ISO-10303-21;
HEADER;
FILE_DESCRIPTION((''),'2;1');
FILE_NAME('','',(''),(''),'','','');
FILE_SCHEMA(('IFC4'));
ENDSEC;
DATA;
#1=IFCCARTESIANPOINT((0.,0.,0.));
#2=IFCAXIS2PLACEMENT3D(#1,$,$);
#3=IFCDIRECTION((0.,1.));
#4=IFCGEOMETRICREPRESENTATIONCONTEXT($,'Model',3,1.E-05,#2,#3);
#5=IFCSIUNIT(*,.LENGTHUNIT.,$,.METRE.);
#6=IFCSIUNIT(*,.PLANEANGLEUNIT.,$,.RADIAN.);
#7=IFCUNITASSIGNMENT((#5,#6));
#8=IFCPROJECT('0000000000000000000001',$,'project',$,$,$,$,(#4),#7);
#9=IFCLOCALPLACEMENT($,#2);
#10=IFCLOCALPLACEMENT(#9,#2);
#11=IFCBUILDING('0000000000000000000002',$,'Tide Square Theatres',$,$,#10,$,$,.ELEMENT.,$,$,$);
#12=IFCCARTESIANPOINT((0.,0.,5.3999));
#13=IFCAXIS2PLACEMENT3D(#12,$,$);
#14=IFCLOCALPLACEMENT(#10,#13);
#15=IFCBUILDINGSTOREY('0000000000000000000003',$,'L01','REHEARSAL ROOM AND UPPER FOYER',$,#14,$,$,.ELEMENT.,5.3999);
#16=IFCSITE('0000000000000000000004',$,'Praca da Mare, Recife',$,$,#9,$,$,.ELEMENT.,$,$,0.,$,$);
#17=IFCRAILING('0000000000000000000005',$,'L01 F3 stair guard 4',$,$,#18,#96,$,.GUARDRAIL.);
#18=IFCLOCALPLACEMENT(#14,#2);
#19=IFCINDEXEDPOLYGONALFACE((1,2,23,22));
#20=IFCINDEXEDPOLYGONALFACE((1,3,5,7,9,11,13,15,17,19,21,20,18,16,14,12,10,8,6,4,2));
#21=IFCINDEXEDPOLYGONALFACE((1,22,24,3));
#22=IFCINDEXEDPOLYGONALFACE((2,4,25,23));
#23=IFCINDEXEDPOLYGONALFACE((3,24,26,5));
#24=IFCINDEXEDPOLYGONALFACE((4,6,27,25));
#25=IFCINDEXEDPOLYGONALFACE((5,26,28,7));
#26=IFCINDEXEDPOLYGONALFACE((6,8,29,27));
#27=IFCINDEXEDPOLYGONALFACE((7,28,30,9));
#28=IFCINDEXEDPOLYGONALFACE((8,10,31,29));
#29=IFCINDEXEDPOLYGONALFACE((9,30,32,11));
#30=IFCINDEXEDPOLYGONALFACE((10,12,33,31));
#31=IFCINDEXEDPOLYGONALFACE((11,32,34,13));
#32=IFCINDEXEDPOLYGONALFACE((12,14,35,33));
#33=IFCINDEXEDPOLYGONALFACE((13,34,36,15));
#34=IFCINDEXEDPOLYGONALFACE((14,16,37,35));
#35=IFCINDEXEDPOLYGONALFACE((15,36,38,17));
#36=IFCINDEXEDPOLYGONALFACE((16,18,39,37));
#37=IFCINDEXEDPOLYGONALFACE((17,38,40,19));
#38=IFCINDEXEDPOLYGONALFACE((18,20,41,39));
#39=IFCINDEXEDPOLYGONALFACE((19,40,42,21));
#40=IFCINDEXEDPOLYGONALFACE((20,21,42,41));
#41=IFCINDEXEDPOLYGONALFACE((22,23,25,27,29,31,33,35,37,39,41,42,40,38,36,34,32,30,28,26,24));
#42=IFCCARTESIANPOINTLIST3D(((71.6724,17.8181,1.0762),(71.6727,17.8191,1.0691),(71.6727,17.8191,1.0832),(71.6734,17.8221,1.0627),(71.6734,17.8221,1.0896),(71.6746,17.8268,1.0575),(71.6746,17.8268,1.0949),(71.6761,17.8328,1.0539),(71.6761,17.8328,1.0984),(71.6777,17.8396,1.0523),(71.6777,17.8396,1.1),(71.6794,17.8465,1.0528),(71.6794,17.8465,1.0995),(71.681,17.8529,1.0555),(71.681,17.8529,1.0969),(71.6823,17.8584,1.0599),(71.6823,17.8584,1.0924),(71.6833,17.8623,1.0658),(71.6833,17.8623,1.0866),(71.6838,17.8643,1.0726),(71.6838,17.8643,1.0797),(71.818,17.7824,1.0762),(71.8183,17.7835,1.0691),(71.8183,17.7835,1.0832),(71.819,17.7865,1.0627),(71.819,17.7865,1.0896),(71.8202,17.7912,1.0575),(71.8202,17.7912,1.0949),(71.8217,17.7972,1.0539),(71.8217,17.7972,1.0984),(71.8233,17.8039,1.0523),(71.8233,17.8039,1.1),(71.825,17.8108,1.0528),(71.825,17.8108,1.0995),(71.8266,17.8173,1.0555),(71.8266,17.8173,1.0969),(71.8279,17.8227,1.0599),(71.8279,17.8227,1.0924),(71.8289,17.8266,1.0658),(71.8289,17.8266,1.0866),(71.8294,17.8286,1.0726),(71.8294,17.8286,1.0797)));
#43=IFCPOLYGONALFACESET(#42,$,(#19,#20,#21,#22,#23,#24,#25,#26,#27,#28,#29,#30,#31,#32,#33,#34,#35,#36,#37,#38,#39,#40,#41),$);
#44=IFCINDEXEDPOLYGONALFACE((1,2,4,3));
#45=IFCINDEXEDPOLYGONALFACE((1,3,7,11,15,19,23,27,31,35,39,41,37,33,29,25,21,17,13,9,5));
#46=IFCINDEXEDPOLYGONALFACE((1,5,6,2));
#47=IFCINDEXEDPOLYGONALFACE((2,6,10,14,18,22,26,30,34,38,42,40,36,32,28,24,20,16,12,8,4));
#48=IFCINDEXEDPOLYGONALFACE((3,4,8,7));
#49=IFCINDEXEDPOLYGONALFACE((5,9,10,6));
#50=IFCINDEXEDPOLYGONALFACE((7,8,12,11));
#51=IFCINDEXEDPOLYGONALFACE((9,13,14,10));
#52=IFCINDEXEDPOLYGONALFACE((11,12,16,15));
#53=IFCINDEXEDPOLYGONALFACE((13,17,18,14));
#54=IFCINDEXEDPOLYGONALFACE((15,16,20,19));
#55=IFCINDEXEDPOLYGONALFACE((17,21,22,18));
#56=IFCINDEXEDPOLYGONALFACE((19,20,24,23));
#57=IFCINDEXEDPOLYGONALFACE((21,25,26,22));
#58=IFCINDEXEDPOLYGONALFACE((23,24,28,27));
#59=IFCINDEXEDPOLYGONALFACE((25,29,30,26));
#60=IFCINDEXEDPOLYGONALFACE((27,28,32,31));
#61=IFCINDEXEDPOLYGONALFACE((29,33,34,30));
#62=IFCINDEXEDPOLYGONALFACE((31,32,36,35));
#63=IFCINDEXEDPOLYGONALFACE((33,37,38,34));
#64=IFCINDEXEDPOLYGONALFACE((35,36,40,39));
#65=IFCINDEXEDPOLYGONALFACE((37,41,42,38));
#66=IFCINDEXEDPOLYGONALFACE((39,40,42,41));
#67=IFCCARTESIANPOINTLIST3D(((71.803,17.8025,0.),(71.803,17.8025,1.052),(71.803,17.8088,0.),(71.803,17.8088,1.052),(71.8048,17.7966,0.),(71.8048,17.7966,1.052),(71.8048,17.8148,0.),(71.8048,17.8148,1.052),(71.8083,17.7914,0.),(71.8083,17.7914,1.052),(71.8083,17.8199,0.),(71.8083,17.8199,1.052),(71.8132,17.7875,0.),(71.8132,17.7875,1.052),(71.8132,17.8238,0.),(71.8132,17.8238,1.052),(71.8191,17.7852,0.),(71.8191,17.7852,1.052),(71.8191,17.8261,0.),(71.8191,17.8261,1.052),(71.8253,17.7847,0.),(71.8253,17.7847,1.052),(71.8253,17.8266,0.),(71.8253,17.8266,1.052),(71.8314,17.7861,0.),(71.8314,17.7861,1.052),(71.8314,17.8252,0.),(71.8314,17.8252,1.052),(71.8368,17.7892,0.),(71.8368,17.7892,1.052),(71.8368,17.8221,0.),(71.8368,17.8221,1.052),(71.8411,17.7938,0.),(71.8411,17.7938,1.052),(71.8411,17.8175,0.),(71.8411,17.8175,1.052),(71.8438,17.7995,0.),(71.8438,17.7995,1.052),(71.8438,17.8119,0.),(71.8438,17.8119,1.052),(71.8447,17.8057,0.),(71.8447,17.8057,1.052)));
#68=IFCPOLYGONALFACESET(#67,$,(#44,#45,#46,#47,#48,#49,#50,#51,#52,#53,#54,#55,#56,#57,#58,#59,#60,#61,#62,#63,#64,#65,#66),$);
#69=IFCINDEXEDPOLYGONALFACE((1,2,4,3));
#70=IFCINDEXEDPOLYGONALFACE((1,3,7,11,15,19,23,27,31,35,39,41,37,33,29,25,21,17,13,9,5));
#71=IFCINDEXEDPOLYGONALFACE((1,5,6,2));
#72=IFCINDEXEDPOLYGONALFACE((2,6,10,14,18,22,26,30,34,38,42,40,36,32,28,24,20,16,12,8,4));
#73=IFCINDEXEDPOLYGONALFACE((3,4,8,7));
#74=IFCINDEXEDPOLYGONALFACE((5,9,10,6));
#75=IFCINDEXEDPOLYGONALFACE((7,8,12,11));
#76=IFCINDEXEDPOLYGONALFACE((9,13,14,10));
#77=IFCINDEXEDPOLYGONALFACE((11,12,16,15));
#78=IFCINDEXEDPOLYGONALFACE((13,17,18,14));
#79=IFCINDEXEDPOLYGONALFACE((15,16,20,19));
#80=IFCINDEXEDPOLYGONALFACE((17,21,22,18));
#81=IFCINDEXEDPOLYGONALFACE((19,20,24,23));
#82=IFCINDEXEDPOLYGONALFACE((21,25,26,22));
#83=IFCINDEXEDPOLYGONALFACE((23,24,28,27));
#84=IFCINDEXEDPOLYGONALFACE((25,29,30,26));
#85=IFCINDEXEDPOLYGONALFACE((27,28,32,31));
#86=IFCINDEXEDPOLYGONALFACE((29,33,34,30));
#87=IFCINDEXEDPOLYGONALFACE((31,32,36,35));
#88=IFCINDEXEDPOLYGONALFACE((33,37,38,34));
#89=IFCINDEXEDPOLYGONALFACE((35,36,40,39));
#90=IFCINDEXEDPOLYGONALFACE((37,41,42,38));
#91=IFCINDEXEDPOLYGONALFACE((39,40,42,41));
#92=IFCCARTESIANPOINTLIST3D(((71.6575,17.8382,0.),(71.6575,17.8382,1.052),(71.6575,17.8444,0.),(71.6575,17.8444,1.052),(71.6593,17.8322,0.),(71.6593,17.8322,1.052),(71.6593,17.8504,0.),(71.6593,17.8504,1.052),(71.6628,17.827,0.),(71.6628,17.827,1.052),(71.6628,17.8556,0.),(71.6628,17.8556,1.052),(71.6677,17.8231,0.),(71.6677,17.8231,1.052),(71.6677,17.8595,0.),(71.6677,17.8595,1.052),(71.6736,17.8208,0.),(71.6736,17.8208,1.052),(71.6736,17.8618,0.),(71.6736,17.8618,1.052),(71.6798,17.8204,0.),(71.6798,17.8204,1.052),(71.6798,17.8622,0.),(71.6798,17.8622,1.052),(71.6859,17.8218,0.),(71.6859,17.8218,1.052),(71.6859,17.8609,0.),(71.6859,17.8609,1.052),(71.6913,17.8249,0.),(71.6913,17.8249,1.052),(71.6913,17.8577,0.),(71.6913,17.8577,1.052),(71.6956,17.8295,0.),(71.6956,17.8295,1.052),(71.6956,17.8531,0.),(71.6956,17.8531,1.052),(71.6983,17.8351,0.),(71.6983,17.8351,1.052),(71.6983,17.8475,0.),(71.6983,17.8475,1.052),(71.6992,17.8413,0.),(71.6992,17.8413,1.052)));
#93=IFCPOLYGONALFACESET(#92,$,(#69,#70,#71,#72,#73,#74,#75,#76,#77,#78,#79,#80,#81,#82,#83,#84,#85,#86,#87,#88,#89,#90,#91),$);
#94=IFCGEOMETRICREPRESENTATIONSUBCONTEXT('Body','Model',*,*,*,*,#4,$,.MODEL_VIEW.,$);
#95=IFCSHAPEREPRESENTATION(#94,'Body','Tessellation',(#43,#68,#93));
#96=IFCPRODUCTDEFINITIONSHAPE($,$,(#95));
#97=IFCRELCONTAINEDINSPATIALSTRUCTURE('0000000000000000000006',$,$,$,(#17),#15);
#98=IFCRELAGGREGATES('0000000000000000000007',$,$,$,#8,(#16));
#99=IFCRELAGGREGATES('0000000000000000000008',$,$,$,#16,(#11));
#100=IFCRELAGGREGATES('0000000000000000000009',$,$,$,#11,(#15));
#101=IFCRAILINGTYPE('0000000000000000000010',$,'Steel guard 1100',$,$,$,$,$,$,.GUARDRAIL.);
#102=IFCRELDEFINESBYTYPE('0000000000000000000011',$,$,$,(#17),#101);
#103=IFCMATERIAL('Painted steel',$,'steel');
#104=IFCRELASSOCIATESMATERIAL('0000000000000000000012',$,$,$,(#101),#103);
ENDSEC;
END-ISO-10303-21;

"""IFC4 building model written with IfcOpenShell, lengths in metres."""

from ifc_helpers import new_model, si_unit, direction, frame, origin, origin_2d, place, context, subcontext, project, spatial, circle, extrude, material, type_object, element, save


model = new_model("IFC4")

# Units and contexts
model_context = context("Model", 3, precision=1e-05, world=origin(), true_north=direction((0.0, 1.0)))
body_context = subcontext(model_context, "Body", "Model", "MODEL_VIEW")
ifc_project = project(units=[si_unit("LENGTHUNIT", "METRE"), si_unit("PLANEANGLEUNIT", "RADIAN")], contexts=[model_context])

# Site, building, storey
site_placement = place(None, origin())
site = spatial("IfcSite", under=ifc_project, at=site_placement, Name="Praca da Mare, Recife", CompositionType="ELEMENT", RefElevation=0.0)
building_placement = place(site_placement, origin())
building = spatial("IfcBuilding", under=site, at=building_placement, Name="Tide Square Theatres", CompositionType="ELEMENT")
storey_placement = place(building_placement, frame((0.0, 0.0, 5.3999)))
storey = spatial("IfcBuildingStorey", under=building, at=storey_placement, Name="L01", Description="REHEARSAL ROOM AND UPPER FOYER", CompositionType="ELEMENT", Elevation=5.3999)

# Railing
ifc_material_1 = material(Name="Painted steel", Category="steel")
railing_type_1 = type_object("IfcRailingType", Name="Steel guard 1100", PredefinedType="GUARDRAIL", material=ifc_material_1)
railing_1_placement = place(storey_placement, frame((71.8237, 17.8057, 0.0)))
element("IfcRailing", 1, at=railing_1_placement, inside=storey, type_object=railing_type_1, Name="L01 F3 stair guard 4", PredefinedType="GUARDRAIL", context=body_context, shape_type="SweptSolid", body=[
    extrude(circle(Radius=0.0239, at=origin_2d()), frame((0.0, 0.0, 1.0762), z_axis=(-0.971282, 0.237931, 0.0), x_axis=(-0.237931, -0.971282, 0.0)), (0.0, 0.0, 1.0), 0.1499),
    extrude(circle(Radius=0.021, at=origin_2d()), origin(), (0.0, 0.0, 1.0), 1.052),
    extrude(circle(Radius=0.021, at=origin_2d()), frame((-0.1455, 0.0356, 0.0)), (0.0, 0.0, 1.0), 1.052),
])

save(model, "model.ifc")
